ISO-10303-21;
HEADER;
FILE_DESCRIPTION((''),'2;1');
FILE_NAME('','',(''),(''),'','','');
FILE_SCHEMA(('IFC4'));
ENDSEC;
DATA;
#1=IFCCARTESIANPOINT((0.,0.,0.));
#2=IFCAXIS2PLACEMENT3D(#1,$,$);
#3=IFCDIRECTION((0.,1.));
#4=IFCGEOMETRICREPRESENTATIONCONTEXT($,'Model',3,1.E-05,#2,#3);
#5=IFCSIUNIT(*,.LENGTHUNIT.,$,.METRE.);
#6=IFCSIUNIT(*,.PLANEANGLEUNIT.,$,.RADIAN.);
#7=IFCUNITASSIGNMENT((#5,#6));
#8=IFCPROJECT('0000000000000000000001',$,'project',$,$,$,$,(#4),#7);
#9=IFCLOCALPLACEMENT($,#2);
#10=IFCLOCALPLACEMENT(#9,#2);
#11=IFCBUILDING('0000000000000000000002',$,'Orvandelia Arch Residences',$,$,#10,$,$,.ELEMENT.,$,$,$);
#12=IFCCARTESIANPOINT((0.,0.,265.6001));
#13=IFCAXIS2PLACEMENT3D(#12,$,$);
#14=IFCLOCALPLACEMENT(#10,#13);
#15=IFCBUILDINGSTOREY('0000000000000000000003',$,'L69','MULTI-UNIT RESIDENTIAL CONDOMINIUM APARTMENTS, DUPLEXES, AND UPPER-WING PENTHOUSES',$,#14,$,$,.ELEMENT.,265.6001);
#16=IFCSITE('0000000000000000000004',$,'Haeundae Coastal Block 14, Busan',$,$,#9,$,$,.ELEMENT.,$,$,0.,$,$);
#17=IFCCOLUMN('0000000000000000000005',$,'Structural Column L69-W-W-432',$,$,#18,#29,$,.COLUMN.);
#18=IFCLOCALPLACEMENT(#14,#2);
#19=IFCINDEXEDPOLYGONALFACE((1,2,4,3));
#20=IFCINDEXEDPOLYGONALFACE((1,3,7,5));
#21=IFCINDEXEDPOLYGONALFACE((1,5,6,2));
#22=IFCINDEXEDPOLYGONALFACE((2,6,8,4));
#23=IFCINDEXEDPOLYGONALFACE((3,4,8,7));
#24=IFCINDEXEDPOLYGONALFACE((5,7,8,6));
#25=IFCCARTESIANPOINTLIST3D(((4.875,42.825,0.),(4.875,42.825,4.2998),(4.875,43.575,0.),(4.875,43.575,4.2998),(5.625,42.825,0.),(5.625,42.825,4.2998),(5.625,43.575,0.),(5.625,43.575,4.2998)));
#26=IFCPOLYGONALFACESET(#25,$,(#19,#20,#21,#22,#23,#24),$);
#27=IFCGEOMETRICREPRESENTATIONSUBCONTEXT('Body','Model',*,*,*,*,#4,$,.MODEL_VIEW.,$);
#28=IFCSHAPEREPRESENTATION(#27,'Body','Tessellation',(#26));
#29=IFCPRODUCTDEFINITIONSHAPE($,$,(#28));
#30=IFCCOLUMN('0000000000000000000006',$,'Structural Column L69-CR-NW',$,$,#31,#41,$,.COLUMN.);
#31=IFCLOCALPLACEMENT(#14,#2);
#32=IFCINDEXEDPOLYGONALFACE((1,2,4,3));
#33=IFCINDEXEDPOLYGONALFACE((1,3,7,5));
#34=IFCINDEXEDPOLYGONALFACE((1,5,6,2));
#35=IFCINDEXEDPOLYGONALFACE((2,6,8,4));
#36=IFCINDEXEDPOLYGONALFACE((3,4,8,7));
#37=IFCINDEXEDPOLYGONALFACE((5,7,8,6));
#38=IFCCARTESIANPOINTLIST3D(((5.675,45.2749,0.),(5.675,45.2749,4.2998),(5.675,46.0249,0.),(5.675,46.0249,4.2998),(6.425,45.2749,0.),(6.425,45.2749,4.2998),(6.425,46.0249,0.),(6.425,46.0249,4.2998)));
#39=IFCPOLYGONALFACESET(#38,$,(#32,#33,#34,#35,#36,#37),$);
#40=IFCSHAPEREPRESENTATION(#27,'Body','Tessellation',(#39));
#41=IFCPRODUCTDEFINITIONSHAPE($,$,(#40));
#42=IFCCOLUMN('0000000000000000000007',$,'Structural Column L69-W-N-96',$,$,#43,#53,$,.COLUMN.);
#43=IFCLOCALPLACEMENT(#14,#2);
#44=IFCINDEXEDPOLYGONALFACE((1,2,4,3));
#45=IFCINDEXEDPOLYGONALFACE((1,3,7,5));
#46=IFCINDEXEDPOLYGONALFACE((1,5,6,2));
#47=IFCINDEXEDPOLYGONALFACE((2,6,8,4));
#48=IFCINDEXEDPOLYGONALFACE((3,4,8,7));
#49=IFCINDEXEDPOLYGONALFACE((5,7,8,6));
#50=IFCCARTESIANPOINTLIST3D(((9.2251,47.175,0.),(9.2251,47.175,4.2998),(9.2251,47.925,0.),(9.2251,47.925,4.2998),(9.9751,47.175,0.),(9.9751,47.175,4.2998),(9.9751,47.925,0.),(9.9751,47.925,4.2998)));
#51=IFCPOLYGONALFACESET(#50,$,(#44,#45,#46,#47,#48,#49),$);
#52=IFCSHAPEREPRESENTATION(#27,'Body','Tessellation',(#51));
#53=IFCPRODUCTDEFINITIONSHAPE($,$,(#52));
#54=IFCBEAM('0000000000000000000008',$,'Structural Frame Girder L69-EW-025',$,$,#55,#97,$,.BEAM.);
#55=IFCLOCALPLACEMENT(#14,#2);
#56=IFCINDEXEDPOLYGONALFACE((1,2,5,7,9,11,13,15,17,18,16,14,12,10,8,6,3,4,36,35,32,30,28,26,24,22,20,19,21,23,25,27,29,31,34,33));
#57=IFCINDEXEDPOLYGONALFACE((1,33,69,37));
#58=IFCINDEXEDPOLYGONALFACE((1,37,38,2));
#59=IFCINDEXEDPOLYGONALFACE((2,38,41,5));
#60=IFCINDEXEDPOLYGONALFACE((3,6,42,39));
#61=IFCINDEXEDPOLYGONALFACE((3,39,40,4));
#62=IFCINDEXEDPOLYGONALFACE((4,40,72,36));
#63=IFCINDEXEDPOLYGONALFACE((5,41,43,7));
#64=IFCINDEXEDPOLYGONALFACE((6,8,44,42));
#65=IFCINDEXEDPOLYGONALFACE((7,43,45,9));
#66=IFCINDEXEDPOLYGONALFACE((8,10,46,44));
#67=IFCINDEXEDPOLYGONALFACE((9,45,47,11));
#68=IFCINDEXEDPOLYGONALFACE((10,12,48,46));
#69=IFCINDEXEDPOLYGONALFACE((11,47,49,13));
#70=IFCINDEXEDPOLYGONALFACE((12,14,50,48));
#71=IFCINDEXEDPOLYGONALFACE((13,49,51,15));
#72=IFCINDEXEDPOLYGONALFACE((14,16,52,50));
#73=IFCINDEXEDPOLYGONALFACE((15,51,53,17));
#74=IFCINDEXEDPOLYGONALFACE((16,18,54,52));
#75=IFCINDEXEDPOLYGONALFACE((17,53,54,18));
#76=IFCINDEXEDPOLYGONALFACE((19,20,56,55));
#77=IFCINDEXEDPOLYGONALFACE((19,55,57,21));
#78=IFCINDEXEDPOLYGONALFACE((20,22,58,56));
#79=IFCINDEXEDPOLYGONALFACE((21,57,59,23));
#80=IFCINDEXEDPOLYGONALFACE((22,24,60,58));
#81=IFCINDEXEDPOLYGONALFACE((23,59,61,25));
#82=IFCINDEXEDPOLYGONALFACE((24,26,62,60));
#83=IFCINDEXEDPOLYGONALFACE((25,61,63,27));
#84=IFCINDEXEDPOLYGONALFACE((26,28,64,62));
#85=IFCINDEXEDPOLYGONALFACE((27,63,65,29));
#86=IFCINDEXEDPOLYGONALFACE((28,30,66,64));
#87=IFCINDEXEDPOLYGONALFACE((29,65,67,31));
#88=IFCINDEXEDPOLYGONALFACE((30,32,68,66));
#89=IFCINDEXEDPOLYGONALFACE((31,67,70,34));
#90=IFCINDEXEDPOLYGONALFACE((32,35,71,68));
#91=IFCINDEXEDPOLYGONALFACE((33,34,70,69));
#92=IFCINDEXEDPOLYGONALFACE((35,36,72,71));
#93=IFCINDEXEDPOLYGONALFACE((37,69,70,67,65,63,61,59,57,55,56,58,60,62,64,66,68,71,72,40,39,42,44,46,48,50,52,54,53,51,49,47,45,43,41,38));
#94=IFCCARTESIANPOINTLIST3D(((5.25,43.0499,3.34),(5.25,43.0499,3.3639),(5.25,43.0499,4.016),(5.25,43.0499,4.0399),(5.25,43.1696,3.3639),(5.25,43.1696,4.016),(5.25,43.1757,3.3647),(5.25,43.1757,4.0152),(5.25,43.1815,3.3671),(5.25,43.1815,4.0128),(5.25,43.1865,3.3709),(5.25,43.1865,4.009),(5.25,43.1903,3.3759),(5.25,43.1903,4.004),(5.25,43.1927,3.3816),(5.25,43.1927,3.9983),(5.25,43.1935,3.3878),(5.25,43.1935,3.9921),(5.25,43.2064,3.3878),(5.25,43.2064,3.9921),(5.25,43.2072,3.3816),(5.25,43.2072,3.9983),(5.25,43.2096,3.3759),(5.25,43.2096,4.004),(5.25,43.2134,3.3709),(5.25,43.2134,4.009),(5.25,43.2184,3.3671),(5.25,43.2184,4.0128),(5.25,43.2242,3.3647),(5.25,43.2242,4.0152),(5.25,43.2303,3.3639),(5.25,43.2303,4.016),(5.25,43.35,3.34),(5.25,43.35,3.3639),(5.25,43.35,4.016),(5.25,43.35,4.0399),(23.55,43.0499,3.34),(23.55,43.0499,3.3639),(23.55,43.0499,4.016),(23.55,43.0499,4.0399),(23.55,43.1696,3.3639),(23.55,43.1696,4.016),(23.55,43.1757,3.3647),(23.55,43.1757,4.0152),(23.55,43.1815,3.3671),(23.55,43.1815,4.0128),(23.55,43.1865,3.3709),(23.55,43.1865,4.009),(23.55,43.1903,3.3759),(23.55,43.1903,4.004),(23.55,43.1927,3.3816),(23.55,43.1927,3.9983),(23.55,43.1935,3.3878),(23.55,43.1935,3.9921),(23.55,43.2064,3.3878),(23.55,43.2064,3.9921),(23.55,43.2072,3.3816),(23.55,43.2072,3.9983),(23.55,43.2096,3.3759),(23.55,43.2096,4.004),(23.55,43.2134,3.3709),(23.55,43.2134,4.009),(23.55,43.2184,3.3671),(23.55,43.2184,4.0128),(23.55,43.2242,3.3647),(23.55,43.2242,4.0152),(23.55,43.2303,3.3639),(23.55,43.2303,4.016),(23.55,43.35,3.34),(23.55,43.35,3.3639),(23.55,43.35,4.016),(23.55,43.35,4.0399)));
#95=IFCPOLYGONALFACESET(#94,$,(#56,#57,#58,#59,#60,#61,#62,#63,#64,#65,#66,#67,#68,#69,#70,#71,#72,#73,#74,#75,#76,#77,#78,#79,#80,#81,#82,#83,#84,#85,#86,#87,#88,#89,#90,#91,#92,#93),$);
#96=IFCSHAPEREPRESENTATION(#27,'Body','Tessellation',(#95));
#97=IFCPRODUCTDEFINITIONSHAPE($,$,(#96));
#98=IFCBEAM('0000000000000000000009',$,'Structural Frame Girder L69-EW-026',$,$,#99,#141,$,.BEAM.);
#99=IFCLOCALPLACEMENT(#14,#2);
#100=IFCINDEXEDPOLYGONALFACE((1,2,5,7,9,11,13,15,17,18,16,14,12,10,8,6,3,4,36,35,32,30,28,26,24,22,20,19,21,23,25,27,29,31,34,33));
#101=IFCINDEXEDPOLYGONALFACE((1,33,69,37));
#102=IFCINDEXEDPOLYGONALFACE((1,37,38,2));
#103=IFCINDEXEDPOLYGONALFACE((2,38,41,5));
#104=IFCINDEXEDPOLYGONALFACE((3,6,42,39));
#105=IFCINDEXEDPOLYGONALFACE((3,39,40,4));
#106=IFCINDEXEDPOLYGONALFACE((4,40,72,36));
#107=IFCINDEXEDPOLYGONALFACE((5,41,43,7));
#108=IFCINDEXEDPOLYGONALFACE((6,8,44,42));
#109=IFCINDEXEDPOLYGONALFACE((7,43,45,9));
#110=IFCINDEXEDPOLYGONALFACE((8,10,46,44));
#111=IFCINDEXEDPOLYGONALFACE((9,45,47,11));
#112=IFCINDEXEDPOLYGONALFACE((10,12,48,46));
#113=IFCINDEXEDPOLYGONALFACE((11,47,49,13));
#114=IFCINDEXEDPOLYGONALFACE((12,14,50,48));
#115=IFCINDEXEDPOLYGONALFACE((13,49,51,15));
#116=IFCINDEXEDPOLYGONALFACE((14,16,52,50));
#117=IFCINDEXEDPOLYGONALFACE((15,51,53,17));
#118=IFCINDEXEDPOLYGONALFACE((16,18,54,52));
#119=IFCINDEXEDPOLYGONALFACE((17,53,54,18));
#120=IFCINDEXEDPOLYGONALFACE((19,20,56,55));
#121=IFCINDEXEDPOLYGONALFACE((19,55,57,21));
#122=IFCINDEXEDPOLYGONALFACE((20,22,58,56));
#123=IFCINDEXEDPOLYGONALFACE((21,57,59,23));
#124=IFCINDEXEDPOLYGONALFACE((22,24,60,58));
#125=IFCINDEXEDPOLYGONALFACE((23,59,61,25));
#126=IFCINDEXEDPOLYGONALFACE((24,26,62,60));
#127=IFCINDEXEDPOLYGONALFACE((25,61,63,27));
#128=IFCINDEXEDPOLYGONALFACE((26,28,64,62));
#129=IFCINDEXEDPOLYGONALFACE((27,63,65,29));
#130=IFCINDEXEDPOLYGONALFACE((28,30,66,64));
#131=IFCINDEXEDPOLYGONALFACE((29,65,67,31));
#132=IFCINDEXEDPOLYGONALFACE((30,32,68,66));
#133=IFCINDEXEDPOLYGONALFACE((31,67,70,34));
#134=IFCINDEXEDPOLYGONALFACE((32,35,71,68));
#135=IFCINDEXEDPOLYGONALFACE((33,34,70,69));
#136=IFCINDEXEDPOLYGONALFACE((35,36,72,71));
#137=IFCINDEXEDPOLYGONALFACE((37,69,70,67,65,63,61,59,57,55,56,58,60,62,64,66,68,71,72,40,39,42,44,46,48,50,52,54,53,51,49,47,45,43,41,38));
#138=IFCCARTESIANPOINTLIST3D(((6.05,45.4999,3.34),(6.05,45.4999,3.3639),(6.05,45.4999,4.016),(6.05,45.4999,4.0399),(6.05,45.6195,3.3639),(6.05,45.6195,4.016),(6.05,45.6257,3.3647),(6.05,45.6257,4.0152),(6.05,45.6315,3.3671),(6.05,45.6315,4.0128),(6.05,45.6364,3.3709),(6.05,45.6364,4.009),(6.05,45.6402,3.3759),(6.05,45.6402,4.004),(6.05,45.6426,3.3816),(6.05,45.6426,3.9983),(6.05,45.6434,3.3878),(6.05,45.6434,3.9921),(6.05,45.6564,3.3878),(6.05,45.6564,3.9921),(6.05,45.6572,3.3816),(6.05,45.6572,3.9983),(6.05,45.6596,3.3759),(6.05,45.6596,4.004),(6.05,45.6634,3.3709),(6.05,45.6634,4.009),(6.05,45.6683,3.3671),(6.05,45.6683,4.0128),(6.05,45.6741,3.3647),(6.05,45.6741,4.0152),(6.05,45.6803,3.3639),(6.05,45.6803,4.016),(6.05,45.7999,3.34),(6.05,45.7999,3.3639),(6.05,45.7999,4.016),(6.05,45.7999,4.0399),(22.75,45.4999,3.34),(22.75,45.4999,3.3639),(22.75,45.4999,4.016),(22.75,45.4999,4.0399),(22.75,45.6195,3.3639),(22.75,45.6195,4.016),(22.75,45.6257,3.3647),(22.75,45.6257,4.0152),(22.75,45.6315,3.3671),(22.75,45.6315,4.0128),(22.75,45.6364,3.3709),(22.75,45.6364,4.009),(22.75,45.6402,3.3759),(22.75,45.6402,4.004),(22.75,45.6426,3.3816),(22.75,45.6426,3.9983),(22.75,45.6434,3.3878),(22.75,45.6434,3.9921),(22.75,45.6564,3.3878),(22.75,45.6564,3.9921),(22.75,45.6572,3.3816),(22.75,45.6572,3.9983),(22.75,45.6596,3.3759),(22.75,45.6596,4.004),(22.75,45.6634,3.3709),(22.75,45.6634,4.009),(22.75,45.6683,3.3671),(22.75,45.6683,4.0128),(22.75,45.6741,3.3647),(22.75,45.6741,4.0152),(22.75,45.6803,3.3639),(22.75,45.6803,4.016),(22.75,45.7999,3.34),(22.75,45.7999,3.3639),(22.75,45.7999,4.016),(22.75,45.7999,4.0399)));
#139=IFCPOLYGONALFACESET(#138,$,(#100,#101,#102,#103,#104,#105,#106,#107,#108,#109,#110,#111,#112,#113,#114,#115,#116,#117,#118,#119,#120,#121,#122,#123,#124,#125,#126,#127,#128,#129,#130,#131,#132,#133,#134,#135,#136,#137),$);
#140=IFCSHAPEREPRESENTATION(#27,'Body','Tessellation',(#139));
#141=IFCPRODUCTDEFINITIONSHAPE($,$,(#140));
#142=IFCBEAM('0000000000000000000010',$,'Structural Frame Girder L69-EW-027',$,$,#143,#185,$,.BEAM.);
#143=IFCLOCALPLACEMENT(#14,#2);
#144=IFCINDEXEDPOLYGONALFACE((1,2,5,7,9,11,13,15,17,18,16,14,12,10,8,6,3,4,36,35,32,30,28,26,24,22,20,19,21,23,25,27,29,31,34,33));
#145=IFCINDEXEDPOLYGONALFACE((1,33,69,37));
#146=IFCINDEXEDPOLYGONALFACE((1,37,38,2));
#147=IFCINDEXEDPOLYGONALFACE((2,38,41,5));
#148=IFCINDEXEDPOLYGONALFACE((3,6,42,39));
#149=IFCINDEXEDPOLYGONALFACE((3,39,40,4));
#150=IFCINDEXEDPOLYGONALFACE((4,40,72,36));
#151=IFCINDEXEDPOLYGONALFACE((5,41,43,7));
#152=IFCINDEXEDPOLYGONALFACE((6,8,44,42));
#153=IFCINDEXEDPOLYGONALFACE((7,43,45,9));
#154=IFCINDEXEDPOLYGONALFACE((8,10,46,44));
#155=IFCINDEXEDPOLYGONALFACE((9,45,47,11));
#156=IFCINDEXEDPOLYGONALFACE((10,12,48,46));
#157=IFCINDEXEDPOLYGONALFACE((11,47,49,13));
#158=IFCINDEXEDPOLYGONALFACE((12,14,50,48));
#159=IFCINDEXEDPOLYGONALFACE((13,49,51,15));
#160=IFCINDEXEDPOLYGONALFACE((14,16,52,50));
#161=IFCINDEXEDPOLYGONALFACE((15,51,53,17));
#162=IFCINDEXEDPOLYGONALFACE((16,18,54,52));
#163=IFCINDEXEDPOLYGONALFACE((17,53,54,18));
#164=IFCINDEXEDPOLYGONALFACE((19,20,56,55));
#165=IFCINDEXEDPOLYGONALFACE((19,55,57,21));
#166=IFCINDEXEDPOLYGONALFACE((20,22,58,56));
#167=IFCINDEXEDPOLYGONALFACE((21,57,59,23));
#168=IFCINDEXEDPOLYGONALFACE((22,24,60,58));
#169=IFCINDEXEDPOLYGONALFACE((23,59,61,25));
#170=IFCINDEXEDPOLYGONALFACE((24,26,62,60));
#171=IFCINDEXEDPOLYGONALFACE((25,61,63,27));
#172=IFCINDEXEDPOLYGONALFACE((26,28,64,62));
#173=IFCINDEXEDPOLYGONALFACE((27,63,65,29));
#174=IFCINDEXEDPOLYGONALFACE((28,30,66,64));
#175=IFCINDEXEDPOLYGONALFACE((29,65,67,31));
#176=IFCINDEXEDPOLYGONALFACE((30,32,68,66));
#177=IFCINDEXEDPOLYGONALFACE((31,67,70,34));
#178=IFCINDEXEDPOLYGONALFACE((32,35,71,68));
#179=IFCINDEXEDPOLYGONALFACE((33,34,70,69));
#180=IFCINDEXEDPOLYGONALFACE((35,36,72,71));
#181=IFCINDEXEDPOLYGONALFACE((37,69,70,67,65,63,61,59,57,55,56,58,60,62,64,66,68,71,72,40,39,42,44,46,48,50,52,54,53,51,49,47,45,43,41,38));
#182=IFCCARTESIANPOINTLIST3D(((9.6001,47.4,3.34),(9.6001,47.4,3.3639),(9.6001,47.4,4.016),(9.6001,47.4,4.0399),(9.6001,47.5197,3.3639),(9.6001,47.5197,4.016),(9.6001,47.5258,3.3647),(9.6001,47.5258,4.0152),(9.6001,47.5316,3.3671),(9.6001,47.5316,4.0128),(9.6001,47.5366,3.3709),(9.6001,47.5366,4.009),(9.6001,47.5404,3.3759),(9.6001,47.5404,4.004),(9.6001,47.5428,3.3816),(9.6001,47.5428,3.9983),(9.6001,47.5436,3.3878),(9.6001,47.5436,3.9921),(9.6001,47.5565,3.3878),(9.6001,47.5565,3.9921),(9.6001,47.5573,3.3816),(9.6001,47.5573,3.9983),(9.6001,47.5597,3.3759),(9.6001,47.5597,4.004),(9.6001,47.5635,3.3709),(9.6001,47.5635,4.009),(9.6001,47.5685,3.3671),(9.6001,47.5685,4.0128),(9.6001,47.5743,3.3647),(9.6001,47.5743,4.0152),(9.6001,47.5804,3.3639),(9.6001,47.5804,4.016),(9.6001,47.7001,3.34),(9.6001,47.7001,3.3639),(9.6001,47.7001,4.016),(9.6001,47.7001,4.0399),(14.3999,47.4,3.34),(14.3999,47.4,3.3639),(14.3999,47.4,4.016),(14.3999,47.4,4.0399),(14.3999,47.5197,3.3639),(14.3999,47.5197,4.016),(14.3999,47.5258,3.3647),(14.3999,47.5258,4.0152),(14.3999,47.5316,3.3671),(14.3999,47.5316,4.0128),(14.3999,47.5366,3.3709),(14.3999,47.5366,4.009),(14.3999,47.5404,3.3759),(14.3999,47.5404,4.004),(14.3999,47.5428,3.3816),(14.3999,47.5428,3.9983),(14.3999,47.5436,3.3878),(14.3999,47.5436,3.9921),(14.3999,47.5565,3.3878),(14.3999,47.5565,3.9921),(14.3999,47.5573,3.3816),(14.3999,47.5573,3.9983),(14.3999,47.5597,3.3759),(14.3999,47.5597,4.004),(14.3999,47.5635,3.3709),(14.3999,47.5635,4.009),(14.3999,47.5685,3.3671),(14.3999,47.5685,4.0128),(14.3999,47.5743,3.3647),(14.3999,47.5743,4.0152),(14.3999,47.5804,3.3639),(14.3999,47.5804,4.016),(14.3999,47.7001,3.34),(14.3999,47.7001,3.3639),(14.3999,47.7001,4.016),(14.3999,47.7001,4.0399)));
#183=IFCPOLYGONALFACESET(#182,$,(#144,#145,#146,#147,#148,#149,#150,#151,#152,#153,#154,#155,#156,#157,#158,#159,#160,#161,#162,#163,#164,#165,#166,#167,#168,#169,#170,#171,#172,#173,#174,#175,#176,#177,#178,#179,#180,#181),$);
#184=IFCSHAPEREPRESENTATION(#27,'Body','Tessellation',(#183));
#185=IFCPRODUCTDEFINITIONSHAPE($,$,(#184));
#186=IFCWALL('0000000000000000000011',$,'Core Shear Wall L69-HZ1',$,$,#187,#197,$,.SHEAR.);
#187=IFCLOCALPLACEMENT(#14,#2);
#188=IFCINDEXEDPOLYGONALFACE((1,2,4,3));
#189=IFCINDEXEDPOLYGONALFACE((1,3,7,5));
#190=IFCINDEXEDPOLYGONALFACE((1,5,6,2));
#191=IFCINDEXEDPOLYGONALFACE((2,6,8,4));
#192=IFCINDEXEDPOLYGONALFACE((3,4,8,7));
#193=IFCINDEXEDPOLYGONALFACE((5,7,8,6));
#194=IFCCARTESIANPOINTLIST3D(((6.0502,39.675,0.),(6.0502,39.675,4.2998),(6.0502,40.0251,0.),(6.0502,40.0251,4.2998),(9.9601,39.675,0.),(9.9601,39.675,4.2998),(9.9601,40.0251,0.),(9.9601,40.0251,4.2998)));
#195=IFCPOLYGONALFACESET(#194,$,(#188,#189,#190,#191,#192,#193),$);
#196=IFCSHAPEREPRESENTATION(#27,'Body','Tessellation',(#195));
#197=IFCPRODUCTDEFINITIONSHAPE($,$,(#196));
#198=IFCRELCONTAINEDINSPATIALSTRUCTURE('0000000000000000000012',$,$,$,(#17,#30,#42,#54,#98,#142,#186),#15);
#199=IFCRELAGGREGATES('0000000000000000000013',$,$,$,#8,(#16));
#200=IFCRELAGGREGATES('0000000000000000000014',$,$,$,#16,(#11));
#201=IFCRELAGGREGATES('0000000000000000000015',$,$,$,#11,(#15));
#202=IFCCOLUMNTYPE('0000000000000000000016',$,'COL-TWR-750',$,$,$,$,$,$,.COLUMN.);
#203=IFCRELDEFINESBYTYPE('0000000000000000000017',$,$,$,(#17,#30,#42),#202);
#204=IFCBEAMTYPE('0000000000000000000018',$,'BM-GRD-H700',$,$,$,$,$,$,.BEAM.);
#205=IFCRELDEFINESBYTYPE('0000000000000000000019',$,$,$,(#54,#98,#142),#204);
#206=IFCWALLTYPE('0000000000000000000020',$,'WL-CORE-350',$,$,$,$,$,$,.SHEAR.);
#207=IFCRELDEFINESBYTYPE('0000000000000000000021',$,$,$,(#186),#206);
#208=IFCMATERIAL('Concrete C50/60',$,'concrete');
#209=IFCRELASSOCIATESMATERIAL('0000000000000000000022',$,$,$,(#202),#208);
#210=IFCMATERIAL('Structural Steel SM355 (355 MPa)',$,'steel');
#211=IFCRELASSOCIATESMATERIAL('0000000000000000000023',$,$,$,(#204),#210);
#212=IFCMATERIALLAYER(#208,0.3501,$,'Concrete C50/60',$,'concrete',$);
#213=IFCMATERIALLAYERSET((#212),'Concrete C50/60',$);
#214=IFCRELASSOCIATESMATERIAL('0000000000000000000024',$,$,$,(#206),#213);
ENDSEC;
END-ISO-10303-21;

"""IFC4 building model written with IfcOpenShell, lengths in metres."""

from ifc_helpers import new_model, si_unit, direction, frame, frame_2d, origin, origin_2d, place, context, subcontext, project, spatial, rectangle, i_section, extrude, material, layer, layer_set, material_profile, profile_set, type_object, element, save


model = new_model("IFC4")

# Units and contexts
model_context = context("Model", 3, precision=1e-05, world=origin(), true_north=direction((0.0, 1.0)))
body_context = subcontext(model_context, "Body", "Model", "MODEL_VIEW")
ifc_project = project(units=[si_unit("LENGTHUNIT", "METRE"), si_unit("PLANEANGLEUNIT", "RADIAN")], contexts=[model_context])

# Site, building, storey
site_placement = place(None, origin())
site = spatial("IfcSite", under=ifc_project, at=site_placement, Name="Haeundae Coastal Block 14, Busan", CompositionType="ELEMENT", RefElevation=0.0)
building_placement = place(site_placement, origin())
building = spatial("IfcBuilding", under=site, at=building_placement, Name="Orvandelia Arch Residences", CompositionType="ELEMENT")
storey_placement = place(building_placement, frame((0.0, 0.0, 265.6001)))
storey = spatial("IfcBuildingStorey", under=building, at=storey_placement, Name="L69", Description="MULTI-UNIT RESIDENTIAL CONDOMINIUM APARTMENTS, DUPLEXES, AND UPPER-WING PENTHOUSES", CompositionType="ELEMENT", Elevation=265.6001)

# Columns
ifc_material_1 = material(Name="Concrete C50/60", Category="concrete")
ifc_material_profile_1 = material_profile(ifc_material_1, rectangle(XDim=0.75, YDim=0.75, at=origin_2d()), Name="Concrete C50/60", Category="concrete")
ifc_profile_set_1 = profile_set([ifc_material_profile_1], Name="Concrete C50/60")
column_type = type_object("IfcColumnType", Name="COL-TWR-750", PredefinedType="COLUMN", material=ifc_profile_set_1)
for number, where, z_axis, x_axis, name in (
    (1, (5.25, 43.2, 0.0), (0.0, 0.0, 1.0), (1.0, 0.0, 0.0), "Structural Column L69-W-W-432"),
    (2, (6.05, 45.6499, 0.0), (0.0, 0.0, 1.0), (1.0, 0.0, 0.0), "Structural Column L69-CR-NW"),
    (3, (9.6001, 47.55, 0.0), (0.0, 0.0, 1.0), (1.0, 0.0, 0.0), "Structural Column L69-W-N-96"),
):
    element("IfcColumn", number, at=place(storey_placement, frame(where, z_axis=z_axis, x_axis=x_axis)), inside=storey, type_object=column_type, Name=name, PredefinedType="COLUMN", context=body_context, shape_type="SweptSolid", body=[
        extrude(rectangle(XDim=0.75, YDim=0.75, at=origin_2d()), origin(), (0.0, 0.0, 1.0), 4.2998),
    ])

# Beams
ifc_material_2 = material(Name="Structural Steel SM355 (355 MPa)", Category="steel")
ifc_material_profile_2 = material_profile(ifc_material_2, i_section(OverallWidth=0.3, OverallDepth=0.7, WebThickness=0.0129, FlangeThickness=0.0239, FilletRadius=0.0239, at=origin_2d()), Name="Structural Steel SM355 (355 MPa)", Category="steel")
ifc_profile_set_2 = profile_set([ifc_material_profile_2], Name="Structural Steel SM355 (355 MPa)")
beam_type = type_object("IfcBeamType", Name="BM-GRD-H700", PredefinedType="BEAM", material=ifc_profile_set_2)
beam_1_placement = place(storey_placement, frame((5.25, 43.2, 3.6899), z_axis=(1.0, 0.0, 0.0), x_axis=(0.0, 1.0, 0.0)))
element("IfcBeam", 4, at=beam_1_placement, inside=storey, type_object=beam_type, Name="Structural Frame Girder L69-EW-025", PredefinedType="BEAM", context=body_context, shape_type="SweptSolid", body=[
    extrude(i_section(OverallWidth=0.3, OverallDepth=0.7, WebThickness=0.0129, FlangeThickness=0.0239, FilletRadius=0.0239, at=origin_2d()), origin(), (0.0, 0.0, 1.0), 18.3),
])
beam_2_placement = place(storey_placement, frame((6.05, 45.6499, 3.6899), z_axis=(1.0, 0.0, 0.0), x_axis=(0.0, 1.0, 0.0)))
element("IfcBeam", 5, at=beam_2_placement, inside=storey, type_object=beam_type, Name="Structural Frame Girder L69-EW-026", PredefinedType="BEAM", context=body_context, shape_type="SweptSolid", body=[
    extrude(i_section(OverallWidth=0.3, OverallDepth=0.7, WebThickness=0.0129, FlangeThickness=0.0239, FilletRadius=0.0239, at=origin_2d()), origin(), (0.0, 0.0, 1.0), 16.7),
])
beam_3_placement = place(storey_placement, frame((9.6001, 47.55, 3.6899), z_axis=(1.0, 0.0, 0.0), x_axis=(0.0, 1.0, 0.0)))
element("IfcBeam", 6, at=beam_3_placement, inside=storey, type_object=beam_type, Name="Structural Frame Girder L69-EW-027", PredefinedType="BEAM", context=body_context, shape_type="SweptSolid", body=[
    extrude(i_section(OverallWidth=0.3, OverallDepth=0.7, WebThickness=0.0129, FlangeThickness=0.0239, FilletRadius=0.0239, at=origin_2d()), origin(), (0.0, 0.0, 1.0), 4.7998),
])

# Wall
ifc_layer_1 = layer(ifc_material_1, 0.3501, Name="Concrete C50/60", Category="concrete")
ifc_layer_set_1 = layer_set([ifc_layer_1], Name="Concrete C50/60")
wall_type_1 = type_object("IfcWallType", Name="WL-CORE-350", PredefinedType="SHEAR", material=ifc_layer_set_1)
wall_1_placement = place(storey_placement, frame((6.05, 39.8501, 0.0), z_axis=(0.0, 0.0, 1.0), x_axis=(1.0, 0.0, 0.0)))
element("IfcWall", 7, at=wall_1_placement, inside=storey, type_object=wall_type_1, Name="Core Shear Wall L69-HZ1", PredefinedType="SHEAR", context=body_context, shape_type="SweptSolid", body=[
    extrude(rectangle(XDim=3.9099, YDim=0.3501, at=frame_2d((1.9551, 0.0))), origin(), (0.0, 0.0, 1.0), 4.2998),
])

save(model, "model.ifc")
